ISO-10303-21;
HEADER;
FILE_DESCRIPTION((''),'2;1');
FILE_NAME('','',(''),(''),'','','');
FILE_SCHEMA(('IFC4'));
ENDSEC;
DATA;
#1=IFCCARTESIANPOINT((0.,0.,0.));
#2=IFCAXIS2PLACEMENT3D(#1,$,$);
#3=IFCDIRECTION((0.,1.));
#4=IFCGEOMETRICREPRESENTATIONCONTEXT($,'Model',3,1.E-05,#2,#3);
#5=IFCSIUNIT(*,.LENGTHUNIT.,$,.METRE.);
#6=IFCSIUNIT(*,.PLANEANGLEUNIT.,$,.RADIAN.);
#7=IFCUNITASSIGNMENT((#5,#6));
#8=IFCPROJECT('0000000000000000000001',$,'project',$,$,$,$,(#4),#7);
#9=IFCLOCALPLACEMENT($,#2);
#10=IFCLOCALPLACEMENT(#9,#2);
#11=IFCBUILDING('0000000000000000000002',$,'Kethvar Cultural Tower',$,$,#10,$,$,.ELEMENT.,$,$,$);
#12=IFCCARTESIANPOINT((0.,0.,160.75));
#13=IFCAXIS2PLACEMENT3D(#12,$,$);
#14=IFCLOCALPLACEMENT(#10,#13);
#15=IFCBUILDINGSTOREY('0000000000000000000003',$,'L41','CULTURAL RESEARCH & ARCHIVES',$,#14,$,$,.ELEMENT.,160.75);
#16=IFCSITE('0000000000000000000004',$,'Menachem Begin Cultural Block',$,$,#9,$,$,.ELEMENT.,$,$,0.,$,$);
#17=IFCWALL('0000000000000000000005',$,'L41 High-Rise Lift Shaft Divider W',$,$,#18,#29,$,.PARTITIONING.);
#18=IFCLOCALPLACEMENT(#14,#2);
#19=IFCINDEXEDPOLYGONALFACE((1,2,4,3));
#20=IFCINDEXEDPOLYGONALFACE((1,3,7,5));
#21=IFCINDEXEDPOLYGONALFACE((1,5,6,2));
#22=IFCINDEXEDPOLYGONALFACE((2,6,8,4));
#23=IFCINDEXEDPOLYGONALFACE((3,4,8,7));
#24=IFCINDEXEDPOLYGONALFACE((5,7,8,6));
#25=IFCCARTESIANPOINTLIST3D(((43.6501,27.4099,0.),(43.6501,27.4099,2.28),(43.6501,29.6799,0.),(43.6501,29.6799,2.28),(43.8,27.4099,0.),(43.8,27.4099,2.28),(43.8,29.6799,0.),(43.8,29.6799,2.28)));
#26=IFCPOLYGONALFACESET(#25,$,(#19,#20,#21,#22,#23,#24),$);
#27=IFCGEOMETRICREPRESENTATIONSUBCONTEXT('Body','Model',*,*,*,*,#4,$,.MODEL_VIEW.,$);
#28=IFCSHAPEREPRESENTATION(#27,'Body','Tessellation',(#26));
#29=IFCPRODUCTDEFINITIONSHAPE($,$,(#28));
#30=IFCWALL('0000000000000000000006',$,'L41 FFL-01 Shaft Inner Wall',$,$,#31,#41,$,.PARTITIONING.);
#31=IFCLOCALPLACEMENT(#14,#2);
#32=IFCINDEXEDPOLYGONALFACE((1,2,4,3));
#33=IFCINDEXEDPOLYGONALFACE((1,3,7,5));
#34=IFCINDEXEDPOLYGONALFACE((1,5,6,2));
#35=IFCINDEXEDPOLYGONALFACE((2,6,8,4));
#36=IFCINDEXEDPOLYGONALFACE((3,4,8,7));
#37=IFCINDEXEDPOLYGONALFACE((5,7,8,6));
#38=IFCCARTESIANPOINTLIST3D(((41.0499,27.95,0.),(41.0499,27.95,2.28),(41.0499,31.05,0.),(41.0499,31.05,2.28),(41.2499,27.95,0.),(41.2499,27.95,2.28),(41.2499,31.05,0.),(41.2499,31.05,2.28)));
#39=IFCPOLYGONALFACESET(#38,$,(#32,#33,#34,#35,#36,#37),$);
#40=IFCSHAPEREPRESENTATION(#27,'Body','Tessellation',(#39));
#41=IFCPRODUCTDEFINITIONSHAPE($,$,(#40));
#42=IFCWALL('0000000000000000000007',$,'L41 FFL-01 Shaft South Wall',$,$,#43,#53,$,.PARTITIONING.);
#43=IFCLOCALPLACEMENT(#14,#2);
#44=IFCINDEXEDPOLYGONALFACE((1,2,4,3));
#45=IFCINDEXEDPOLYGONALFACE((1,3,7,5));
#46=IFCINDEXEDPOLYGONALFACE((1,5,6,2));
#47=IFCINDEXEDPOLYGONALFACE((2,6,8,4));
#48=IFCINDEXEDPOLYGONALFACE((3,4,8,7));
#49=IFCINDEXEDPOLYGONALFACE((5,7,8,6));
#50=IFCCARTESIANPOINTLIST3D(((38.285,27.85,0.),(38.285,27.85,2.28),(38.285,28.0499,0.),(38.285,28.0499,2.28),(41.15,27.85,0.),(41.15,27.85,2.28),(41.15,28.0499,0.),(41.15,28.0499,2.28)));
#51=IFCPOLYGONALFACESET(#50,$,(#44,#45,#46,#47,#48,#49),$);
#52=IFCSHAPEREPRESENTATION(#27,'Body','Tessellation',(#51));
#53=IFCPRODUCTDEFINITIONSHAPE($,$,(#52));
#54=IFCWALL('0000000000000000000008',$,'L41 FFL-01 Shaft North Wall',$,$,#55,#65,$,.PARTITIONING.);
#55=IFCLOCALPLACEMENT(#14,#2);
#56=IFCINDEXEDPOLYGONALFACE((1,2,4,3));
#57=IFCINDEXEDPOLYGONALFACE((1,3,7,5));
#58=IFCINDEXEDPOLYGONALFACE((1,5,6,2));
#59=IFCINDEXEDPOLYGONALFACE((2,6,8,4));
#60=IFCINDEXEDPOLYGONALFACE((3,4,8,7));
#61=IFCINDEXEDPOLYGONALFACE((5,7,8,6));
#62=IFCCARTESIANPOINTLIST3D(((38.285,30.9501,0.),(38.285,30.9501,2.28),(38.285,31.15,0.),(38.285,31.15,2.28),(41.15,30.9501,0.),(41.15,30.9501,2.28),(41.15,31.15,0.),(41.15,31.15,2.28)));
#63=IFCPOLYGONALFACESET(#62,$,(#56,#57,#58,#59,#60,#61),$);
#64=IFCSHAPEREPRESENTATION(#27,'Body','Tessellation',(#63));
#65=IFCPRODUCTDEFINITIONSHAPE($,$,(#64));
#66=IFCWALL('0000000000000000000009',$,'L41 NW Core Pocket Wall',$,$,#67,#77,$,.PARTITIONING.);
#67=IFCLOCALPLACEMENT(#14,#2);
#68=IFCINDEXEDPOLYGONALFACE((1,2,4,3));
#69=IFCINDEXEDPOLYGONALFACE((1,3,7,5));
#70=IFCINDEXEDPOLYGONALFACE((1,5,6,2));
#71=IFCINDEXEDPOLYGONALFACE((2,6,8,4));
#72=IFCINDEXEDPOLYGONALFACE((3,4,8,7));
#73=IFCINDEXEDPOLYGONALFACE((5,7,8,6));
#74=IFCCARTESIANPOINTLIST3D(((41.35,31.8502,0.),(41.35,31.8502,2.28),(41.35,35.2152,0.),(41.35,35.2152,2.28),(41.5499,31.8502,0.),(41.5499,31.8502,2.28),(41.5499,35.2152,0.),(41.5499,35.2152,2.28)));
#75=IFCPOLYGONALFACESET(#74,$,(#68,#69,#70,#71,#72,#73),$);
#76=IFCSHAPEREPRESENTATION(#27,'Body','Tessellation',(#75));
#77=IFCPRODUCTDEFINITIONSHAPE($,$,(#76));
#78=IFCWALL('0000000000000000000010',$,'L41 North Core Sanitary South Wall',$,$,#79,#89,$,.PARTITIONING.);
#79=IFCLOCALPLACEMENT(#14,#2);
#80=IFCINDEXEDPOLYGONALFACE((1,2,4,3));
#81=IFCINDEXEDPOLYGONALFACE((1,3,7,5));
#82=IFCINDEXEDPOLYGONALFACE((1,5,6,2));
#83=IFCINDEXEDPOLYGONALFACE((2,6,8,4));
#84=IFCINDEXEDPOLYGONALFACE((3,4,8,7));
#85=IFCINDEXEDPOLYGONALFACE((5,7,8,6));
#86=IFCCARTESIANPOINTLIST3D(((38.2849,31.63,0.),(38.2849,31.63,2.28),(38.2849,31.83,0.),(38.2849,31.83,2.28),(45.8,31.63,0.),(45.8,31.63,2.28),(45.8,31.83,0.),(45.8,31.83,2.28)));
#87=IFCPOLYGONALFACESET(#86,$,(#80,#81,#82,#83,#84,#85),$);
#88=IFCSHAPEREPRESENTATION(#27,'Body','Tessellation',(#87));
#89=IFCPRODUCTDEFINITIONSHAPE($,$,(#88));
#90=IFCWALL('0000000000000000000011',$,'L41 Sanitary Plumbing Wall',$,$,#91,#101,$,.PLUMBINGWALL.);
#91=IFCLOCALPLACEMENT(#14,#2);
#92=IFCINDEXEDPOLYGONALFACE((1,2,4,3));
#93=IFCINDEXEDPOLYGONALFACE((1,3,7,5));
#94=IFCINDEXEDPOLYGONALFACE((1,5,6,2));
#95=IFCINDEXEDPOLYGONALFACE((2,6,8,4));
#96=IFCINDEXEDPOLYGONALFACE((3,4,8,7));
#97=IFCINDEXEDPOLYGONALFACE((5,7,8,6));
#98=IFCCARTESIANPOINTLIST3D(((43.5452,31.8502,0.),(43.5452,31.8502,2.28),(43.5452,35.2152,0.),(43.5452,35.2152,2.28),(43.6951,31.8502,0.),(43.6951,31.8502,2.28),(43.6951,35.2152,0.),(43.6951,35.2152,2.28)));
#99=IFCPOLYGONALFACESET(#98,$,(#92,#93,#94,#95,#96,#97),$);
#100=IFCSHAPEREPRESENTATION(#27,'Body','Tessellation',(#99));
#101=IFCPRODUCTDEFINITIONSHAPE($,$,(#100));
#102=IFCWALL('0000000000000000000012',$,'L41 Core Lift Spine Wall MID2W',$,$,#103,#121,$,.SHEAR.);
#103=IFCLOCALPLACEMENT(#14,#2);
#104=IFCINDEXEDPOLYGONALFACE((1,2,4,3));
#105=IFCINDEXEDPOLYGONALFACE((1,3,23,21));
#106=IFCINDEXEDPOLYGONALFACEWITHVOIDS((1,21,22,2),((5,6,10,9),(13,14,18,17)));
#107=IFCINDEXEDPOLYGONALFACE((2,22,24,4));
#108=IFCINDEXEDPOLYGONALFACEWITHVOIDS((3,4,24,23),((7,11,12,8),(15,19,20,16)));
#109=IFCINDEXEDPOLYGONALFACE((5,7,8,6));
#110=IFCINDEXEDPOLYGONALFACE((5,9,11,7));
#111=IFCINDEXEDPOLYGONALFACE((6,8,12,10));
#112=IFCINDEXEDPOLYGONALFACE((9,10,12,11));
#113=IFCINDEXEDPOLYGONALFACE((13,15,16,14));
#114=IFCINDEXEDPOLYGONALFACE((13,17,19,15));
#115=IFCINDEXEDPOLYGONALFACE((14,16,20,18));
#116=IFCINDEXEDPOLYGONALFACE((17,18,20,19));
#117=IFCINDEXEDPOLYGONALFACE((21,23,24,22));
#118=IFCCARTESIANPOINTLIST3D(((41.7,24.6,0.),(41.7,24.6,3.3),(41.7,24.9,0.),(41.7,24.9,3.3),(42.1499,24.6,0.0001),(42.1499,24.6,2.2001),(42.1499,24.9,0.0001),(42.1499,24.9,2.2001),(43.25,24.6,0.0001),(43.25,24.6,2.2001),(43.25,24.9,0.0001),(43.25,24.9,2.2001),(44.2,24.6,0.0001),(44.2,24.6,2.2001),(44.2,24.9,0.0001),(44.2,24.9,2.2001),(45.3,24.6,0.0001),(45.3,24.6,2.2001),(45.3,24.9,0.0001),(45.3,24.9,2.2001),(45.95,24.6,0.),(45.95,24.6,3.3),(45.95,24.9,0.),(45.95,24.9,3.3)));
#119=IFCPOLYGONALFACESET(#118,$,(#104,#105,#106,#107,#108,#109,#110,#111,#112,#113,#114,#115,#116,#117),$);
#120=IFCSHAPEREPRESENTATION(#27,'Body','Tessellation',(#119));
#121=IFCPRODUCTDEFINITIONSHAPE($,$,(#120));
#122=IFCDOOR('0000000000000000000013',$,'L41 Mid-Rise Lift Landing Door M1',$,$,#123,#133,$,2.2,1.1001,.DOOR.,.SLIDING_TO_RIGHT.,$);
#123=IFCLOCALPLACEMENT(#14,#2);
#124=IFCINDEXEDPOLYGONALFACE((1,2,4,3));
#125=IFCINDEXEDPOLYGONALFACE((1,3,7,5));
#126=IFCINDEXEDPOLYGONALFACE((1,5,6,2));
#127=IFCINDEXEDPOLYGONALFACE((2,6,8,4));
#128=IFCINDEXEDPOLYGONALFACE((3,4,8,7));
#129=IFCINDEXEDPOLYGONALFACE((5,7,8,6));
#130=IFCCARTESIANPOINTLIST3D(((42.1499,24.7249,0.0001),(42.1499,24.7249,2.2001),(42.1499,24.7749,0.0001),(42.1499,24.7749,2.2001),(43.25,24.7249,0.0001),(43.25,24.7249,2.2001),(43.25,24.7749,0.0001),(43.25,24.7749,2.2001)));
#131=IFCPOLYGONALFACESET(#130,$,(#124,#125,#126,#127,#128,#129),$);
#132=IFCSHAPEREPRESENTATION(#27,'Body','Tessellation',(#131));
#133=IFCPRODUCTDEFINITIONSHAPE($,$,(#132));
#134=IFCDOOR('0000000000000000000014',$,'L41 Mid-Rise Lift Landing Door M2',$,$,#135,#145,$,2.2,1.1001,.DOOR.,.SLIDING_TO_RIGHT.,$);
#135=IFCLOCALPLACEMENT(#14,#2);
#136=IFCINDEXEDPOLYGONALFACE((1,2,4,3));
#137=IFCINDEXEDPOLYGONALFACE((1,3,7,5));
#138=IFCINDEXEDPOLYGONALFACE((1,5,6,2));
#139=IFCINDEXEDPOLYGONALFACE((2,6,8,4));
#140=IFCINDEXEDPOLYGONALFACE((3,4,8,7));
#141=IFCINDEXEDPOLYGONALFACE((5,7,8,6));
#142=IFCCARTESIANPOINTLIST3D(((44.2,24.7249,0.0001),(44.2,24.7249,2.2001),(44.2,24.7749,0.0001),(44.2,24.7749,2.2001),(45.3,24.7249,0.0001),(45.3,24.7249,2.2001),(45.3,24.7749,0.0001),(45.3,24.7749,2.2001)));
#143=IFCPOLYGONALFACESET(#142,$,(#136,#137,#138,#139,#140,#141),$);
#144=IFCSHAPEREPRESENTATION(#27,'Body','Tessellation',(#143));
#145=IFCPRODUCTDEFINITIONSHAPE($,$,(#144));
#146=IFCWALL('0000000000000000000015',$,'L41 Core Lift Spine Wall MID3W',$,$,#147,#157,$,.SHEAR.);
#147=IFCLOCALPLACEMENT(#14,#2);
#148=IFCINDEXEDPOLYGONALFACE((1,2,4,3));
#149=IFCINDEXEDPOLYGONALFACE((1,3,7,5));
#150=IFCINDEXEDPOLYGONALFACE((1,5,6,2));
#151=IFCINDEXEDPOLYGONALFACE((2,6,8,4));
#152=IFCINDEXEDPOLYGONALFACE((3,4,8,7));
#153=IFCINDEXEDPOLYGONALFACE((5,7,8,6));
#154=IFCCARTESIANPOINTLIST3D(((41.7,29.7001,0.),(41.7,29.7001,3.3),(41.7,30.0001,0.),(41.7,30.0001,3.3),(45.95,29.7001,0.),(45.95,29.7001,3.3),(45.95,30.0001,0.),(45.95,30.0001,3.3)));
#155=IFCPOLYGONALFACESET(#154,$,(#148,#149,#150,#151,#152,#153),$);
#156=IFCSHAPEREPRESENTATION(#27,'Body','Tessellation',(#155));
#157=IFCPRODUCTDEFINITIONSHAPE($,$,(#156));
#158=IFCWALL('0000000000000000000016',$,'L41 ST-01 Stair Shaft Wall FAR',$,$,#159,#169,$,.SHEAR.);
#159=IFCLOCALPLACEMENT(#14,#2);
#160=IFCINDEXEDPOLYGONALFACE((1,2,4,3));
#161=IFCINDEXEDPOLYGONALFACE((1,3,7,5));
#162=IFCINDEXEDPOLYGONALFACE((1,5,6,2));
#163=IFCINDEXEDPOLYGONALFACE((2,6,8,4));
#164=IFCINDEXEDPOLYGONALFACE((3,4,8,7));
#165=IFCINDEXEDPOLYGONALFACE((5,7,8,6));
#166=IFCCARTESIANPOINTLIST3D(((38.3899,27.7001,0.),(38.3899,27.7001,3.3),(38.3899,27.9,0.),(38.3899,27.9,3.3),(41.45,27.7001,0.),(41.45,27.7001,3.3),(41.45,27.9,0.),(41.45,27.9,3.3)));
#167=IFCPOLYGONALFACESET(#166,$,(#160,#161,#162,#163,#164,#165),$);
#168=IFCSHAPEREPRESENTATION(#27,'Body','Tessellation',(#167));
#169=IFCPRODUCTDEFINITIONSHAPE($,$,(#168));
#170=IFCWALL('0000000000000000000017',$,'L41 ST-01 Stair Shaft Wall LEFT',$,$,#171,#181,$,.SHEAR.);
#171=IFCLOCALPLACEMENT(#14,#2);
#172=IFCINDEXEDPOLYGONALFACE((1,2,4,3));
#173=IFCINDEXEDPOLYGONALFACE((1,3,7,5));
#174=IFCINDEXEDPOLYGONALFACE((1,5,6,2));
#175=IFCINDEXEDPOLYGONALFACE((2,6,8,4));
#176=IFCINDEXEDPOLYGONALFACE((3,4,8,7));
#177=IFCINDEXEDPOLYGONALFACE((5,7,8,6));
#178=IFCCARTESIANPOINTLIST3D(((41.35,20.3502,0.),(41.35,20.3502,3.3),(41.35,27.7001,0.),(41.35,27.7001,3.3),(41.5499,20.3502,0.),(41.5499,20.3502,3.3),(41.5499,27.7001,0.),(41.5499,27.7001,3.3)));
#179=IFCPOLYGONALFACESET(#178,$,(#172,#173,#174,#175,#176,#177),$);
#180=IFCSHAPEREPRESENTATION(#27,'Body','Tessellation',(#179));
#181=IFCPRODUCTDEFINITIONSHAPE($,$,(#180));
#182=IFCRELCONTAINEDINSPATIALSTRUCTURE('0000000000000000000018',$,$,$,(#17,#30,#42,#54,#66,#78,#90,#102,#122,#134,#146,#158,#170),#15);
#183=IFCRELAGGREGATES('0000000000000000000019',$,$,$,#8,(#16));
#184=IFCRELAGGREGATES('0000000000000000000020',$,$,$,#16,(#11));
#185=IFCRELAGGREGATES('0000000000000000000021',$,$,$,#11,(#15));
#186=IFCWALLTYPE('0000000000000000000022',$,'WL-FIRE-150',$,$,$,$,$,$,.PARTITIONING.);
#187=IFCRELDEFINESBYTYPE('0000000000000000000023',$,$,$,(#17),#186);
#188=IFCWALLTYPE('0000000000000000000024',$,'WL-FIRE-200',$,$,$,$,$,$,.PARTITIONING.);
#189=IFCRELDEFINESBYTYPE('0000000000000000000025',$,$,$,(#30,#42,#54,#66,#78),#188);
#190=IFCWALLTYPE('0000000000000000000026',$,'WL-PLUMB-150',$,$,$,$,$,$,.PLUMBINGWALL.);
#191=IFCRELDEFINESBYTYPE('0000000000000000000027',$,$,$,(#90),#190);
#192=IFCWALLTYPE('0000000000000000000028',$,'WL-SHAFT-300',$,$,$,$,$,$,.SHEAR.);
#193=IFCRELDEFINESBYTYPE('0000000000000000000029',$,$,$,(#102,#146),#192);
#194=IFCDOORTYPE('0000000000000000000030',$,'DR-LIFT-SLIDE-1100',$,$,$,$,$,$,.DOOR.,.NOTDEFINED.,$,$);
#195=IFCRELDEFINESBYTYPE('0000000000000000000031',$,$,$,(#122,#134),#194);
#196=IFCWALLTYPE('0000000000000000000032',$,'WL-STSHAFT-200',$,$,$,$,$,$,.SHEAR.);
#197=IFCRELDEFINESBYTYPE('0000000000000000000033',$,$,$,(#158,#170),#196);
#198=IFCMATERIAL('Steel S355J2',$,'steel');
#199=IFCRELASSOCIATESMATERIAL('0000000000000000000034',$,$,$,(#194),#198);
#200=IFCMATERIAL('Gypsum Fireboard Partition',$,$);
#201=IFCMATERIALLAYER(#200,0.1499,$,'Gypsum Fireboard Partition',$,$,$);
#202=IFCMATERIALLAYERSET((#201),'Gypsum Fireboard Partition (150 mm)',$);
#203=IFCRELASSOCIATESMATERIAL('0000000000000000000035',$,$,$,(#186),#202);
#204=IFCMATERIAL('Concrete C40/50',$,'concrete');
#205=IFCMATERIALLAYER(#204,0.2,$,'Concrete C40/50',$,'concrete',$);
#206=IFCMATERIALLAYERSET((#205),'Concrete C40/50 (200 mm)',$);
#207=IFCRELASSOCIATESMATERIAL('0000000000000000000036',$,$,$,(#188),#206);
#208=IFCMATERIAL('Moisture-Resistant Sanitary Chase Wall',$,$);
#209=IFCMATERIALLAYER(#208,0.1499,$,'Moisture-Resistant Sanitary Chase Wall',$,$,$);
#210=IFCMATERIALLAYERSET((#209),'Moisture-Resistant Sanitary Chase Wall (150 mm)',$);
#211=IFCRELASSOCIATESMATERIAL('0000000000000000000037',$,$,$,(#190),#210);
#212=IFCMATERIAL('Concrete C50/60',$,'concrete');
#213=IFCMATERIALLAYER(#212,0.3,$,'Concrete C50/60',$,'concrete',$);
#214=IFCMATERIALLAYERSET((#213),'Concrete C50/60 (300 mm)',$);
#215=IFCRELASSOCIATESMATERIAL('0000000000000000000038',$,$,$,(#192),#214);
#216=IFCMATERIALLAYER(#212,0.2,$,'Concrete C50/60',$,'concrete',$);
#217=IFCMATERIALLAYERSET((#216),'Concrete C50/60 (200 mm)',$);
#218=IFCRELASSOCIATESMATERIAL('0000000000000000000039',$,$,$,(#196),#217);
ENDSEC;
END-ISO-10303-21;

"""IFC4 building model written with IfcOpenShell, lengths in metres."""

from ifc_helpers import new_model, si_unit, direction, frame, frame_2d, origin, place, context, subcontext, project, spatial, rectangle, extrude, source, transform, mapped, material, layer, layer_set, type_object, element, fill, save


model = new_model("IFC4")

# Units and contexts
model_context = context("Model", 3, precision=1e-05, world=origin(), true_north=direction((0.0, 1.0)))
body_context = subcontext(model_context, "Body", "Model", "MODEL_VIEW")
ifc_project = project(units=[si_unit("LENGTHUNIT", "METRE"), si_unit("PLANEANGLEUNIT", "RADIAN")], contexts=[model_context])

# Site, building, storey
site_placement = place(None, origin())
site = spatial("IfcSite", under=ifc_project, at=site_placement, Name="Menachem Begin Cultural Block", CompositionType="ELEMENT", RefElevation=0.0)
building_placement = place(site_placement, origin())
building = spatial("IfcBuilding", under=site, at=building_placement, Name="Kethvar Cultural Tower", CompositionType="ELEMENT")
storey_placement = place(building_placement, frame((0.0, 0.0, 160.75)))
storey = spatial("IfcBuildingStorey", under=building, at=storey_placement, Name="L41", Description="CULTURAL RESEARCH & ARCHIVES", CompositionType="ELEMENT", Elevation=160.75)

# Shared definitions
ifc_material_1 = material(Name="Steel S355J2", Category="steel")

# Shared definitions
door_type = type_object("IfcDoorType", Name="DR-LIFT-SLIDE-1100", OperationType="NOTDEFINED", PredefinedType="DOOR", material=ifc_material_1)
shared_shape_1 = source(origin(), body_context, "Body", "SweptSolid", [
    extrude(rectangle(XDim=1.1001, YDim=2.2, at=frame_2d((0.55, 1.1001))), frame((0.0, 0.0249, 0.0), z_axis=(0.0, -1.0, 0.0), x_axis=(1.0, 0.0, 0.0)), (0.0, 0.0, 1.0), 0.05),
])

# Walls
ifc_material_2 = material(Name="Gypsum Fireboard Partition")
ifc_layer_1 = layer(ifc_material_2, 0.1499, Name="Gypsum Fireboard Partition")
ifc_layer_set_1 = layer_set([ifc_layer_1], Name="Gypsum Fireboard Partition (150 mm)")
wall_type_1 = type_object("IfcWallType", Name="WL-FIRE-150", PredefinedType="PARTITIONING", material=ifc_layer_set_1)
for number, where, z_axis, x_axis, name in (
    (1, (43.7251, 27.4099, 0.0), (0.0, 0.0, 1.0), (0.0, 1.0, 0.0), "L41 High-Rise Lift Shaft Divider W"),
):
    element("IfcWall", number, at=place(storey_placement, frame(where, z_axis=z_axis, x_axis=x_axis)), inside=storey, type_object=wall_type_1, Name=name, PredefinedType="PARTITIONING", context=body_context, shape_type="SweptSolid", body=[
        extrude(rectangle(XDim=2.27, YDim=0.1499, at=frame_2d((1.135, 0.0))), origin(), (0.0, 0.0, 1.0), 2.28),
    ])
ifc_material_3 = material(Name="Concrete C40/50", Category="concrete")
ifc_layer_2 = layer(ifc_material_3, 0.2, Name="Concrete C40/50", Category="concrete")
ifc_layer_set_2 = layer_set([ifc_layer_2], Name="Concrete C40/50 (200 mm)")
wall_type_2 = type_object("IfcWallType", Name="WL-FIRE-200", PredefinedType="PARTITIONING", material=ifc_layer_set_2)
wall_1_placement = place(storey_placement, frame((41.1499, 27.95, 0.0), z_axis=(0.0, 0.0, 1.0), x_axis=(0.0, 1.0, 0.0)))
element("IfcWall", 2, at=wall_1_placement, inside=storey, type_object=wall_type_2, Name="L41 FFL-01 Shaft Inner Wall", PredefinedType="PARTITIONING", context=body_context, shape_type="SweptSolid", body=[
    extrude(rectangle(XDim=3.1001, YDim=0.2, at=frame_2d((1.55, 0.0))), origin(), (0.0, 0.0, 1.0), 2.28),
])
for number, where, z_axis, x_axis, name in (
    (3, (38.2849, 27.95, 0.0), (0.0, 0.0, 1.0), (1.0, 0.0, 0.0), "L41 FFL-01 Shaft South Wall"),
    (4, (38.2849, 31.05, 0.0), (0.0, 0.0, 1.0), (1.0, 0.0, 0.0), "L41 FFL-01 Shaft North Wall"),
):
    element("IfcWall", number, at=place(storey_placement, frame(where, z_axis=z_axis, x_axis=x_axis)), inside=storey, type_object=wall_type_2, Name=name, PredefinedType="PARTITIONING", context=body_context, shape_type="SweptSolid", body=[
        extrude(rectangle(XDim=2.865, YDim=0.2, at=frame_2d((1.4326, 0.0))), origin(), (0.0, 0.0, 1.0), 2.28),
    ])
wall_2_placement = place(storey_placement, frame((41.45, 31.8501, 0.0), z_axis=(0.0, 0.0, 1.0), x_axis=(0.0, 1.0, 0.0)))
element("IfcWall", 5, at=wall_2_placement, inside=storey, type_object=wall_type_2, Name="L41 NW Core Pocket Wall", PredefinedType="PARTITIONING", context=body_context, shape_type="SweptSolid", body=[
    extrude(rectangle(XDim=3.365, YDim=0.2, at=frame_2d((1.6826, 0.0))), origin(), (0.0, 0.0, 1.0), 2.28),
])
wall_3_placement = place(storey_placement, frame((38.2849, 31.73, 0.0), z_axis=(0.0, 0.0, 1.0), x_axis=(1.0, 0.0, 0.0)))
element("IfcWall", 6, at=wall_3_placement, inside=storey, type_object=wall_type_2, Name="L41 North Core Sanitary South Wall", PredefinedType="PARTITIONING", context=body_context, shape_type="SweptSolid", body=[
    extrude(rectangle(XDim=7.5151, YDim=0.2, at=frame_2d((3.7576, 0.0))), origin(), (0.0, 0.0, 1.0), 2.28),
])
ifc_material_4 = material(Name="Moisture-Resistant Sanitary Chase Wall")
ifc_layer_3 = layer(ifc_material_4, 0.1499, Name="Moisture-Resistant Sanitary Chase Wall")
ifc_layer_set_3 = layer_set([ifc_layer_3], Name="Moisture-Resistant Sanitary Chase Wall (150 mm)")
wall_type_3 = type_object("IfcWallType", Name="WL-PLUMB-150", PredefinedType="PLUMBINGWALL", material=ifc_layer_set_3)
wall_4_placement = place(storey_placement, frame((43.6201, 31.8501, 0.0), z_axis=(0.0, 0.0, 1.0), x_axis=(0.0, 1.0, 0.0)))
element("IfcWall", 7, at=wall_4_placement, inside=storey, type_object=wall_type_3, Name="L41 Sanitary Plumbing Wall", PredefinedType="PLUMBINGWALL", context=body_context, shape_type="SweptSolid", body=[
    extrude(rectangle(XDim=3.365, YDim=0.1499, at=frame_2d((1.6826, 0.0))), origin(), (0.0, 0.0, 1.0), 2.28),
])

# Wall, openings, doors
ifc_material_5 = material(Name="Concrete C50/60", Category="concrete")
ifc_layer_4 = layer(ifc_material_5, 0.3, Name="Concrete C50/60", Category="concrete")
ifc_layer_set_4 = layer_set([ifc_layer_4], Name="Concrete C50/60 (300 mm)")
wall_type_4 = type_object("IfcWallType", Name="WL-SHAFT-300", PredefinedType="SHEAR", material=ifc_layer_set_4)
wall_5_placement = place(storey_placement, frame((41.7, 24.75, 0.0), z_axis=(0.0, 0.0, 1.0), x_axis=(1.0, 0.0, 0.0)))
wall_5 = element("IfcWall", 8, at=wall_5_placement, inside=storey, type_object=wall_type_4, Name="L41 Core Lift Spine Wall MID2W", PredefinedType="SHEAR", context=body_context, shape_type="SweptSolid", body=[
    extrude(rectangle(XDim=4.25, YDim=0.3, at=frame_2d((2.125, 0.0))), origin(), (0.0, 0.0, 1.0), 3.3),
])
opening_1_placement = place(wall_5_placement, frame((0.45, 0.0, 0.0)))
opening_1 = element("IfcOpeningElement", 9, at=opening_1_placement, cuts=wall_5, PredefinedType="OPENING", context=body_context, shape_type="SweptSolid", body=[
    extrude(rectangle(XDim=1.1001, YDim=2.2, at=frame_2d((0.55, 1.1001))), frame((0.0, 0.1599, 0.0), z_axis=(0.0, -1.0, 0.0), x_axis=(1.0, 0.0, 0.0)), (0.0, 0.0, 1.0), 0.3201),
])
opening_2_placement = place(wall_5_placement, frame((2.5, 0.0, 0.0)))
opening_2 = element("IfcOpeningElement", 10, at=opening_2_placement, cuts=wall_5, PredefinedType="OPENING", context=body_context, shape_type="SweptSolid", body=[
    extrude(rectangle(XDim=1.1001, YDim=2.2, at=frame_2d((0.55, 1.1001))), frame((0.0, 0.1599, 0.0), z_axis=(0.0, -1.0, 0.0), x_axis=(1.0, 0.0, 0.0)), (0.0, 0.0, 1.0), 0.3201),
])
door_1_placement = place(opening_1_placement, origin())
door_1 = element("IfcDoor", 11, at=door_1_placement, inside=storey, type_object=door_type, Name="L41 Mid-Rise Lift Landing Door M1", OperationType="SLIDING_TO_RIGHT", OverallHeight=2.2, OverallWidth=1.1001, PredefinedType="DOOR", context=body_context, shape_type="MappedRepresentation", body=[
    mapped(shared_shape_1, transform((0.0, 0.0, 0.0), scale=1.0)),
])
fill(opening_1, door_1)
door_2_placement = place(opening_2_placement, origin())
door_2 = element("IfcDoor", 12, at=door_2_placement, inside=storey, type_object=door_type, Name="L41 Mid-Rise Lift Landing Door M2", OperationType="SLIDING_TO_RIGHT", OverallHeight=2.2, OverallWidth=1.1001, PredefinedType="DOOR", context=body_context, shape_type="MappedRepresentation", body=[
    mapped(shared_shape_1, transform((0.0, 0.0, 0.0), scale=1.0)),
])
fill(opening_2, door_2)

# Walls
wall_6_placement = place(storey_placement, frame((41.7, 29.8501, 0.0), z_axis=(0.0, 0.0, 1.0), x_axis=(1.0, 0.0, 0.0)))
element("IfcWall", 13, at=wall_6_placement, inside=storey, type_object=wall_type_4, Name="L41 Core Lift Spine Wall MID3W", PredefinedType="SHEAR", context=body_context, shape_type="SweptSolid", body=[
    extrude(rectangle(XDim=4.25, YDim=0.3, at=frame_2d((2.125, 0.0))), origin(), (0.0, 0.0, 1.0), 3.3),
])
ifc_layer_5 = layer(ifc_material_5, 0.2, Name="Concrete C50/60", Category="concrete")
ifc_layer_set_5 = layer_set([ifc_layer_5], Name="Concrete C50/60 (200 mm)")
wall_type_5 = type_object("IfcWallType", Name="WL-STSHAFT-200", PredefinedType="SHEAR", material=ifc_layer_set_5)
wall_7_placement = place(storey_placement, frame((38.3899, 27.8, 0.0), z_axis=(0.0, 0.0, 1.0), x_axis=(1.0, 0.0, 0.0)))
element("IfcWall", 14, at=wall_7_placement, inside=storey, type_object=wall_type_5, Name="L41 ST-01 Stair Shaft Wall FAR", PredefinedType="SHEAR", context=body_context, shape_type="SweptSolid", body=[
    extrude(rectangle(XDim=3.0601, YDim=0.2, at=frame_2d((1.53, 0.0))), origin(), (0.0, 0.0, 1.0), 3.3),
])
wall_8_placement = place(storey_placement, frame((41.45, 27.7, 0.0), z_axis=(0.0, 0.0, 1.0), x_axis=(0.0, -1.0, 0.0)))
element("IfcWall", 15, at=wall_8_placement, inside=storey, type_object=wall_type_5, Name="L41 ST-01 Stair Shaft Wall LEFT", PredefinedType="SHEAR", context=body_context, shape_type="SweptSolid", body=[
    extrude(rectangle(XDim=7.3499, YDim=0.2, at=frame_2d((3.6748, 0.0))), origin(), (0.0, 0.0, 1.0), 3.3),
])

save(model, "model.ifc")
